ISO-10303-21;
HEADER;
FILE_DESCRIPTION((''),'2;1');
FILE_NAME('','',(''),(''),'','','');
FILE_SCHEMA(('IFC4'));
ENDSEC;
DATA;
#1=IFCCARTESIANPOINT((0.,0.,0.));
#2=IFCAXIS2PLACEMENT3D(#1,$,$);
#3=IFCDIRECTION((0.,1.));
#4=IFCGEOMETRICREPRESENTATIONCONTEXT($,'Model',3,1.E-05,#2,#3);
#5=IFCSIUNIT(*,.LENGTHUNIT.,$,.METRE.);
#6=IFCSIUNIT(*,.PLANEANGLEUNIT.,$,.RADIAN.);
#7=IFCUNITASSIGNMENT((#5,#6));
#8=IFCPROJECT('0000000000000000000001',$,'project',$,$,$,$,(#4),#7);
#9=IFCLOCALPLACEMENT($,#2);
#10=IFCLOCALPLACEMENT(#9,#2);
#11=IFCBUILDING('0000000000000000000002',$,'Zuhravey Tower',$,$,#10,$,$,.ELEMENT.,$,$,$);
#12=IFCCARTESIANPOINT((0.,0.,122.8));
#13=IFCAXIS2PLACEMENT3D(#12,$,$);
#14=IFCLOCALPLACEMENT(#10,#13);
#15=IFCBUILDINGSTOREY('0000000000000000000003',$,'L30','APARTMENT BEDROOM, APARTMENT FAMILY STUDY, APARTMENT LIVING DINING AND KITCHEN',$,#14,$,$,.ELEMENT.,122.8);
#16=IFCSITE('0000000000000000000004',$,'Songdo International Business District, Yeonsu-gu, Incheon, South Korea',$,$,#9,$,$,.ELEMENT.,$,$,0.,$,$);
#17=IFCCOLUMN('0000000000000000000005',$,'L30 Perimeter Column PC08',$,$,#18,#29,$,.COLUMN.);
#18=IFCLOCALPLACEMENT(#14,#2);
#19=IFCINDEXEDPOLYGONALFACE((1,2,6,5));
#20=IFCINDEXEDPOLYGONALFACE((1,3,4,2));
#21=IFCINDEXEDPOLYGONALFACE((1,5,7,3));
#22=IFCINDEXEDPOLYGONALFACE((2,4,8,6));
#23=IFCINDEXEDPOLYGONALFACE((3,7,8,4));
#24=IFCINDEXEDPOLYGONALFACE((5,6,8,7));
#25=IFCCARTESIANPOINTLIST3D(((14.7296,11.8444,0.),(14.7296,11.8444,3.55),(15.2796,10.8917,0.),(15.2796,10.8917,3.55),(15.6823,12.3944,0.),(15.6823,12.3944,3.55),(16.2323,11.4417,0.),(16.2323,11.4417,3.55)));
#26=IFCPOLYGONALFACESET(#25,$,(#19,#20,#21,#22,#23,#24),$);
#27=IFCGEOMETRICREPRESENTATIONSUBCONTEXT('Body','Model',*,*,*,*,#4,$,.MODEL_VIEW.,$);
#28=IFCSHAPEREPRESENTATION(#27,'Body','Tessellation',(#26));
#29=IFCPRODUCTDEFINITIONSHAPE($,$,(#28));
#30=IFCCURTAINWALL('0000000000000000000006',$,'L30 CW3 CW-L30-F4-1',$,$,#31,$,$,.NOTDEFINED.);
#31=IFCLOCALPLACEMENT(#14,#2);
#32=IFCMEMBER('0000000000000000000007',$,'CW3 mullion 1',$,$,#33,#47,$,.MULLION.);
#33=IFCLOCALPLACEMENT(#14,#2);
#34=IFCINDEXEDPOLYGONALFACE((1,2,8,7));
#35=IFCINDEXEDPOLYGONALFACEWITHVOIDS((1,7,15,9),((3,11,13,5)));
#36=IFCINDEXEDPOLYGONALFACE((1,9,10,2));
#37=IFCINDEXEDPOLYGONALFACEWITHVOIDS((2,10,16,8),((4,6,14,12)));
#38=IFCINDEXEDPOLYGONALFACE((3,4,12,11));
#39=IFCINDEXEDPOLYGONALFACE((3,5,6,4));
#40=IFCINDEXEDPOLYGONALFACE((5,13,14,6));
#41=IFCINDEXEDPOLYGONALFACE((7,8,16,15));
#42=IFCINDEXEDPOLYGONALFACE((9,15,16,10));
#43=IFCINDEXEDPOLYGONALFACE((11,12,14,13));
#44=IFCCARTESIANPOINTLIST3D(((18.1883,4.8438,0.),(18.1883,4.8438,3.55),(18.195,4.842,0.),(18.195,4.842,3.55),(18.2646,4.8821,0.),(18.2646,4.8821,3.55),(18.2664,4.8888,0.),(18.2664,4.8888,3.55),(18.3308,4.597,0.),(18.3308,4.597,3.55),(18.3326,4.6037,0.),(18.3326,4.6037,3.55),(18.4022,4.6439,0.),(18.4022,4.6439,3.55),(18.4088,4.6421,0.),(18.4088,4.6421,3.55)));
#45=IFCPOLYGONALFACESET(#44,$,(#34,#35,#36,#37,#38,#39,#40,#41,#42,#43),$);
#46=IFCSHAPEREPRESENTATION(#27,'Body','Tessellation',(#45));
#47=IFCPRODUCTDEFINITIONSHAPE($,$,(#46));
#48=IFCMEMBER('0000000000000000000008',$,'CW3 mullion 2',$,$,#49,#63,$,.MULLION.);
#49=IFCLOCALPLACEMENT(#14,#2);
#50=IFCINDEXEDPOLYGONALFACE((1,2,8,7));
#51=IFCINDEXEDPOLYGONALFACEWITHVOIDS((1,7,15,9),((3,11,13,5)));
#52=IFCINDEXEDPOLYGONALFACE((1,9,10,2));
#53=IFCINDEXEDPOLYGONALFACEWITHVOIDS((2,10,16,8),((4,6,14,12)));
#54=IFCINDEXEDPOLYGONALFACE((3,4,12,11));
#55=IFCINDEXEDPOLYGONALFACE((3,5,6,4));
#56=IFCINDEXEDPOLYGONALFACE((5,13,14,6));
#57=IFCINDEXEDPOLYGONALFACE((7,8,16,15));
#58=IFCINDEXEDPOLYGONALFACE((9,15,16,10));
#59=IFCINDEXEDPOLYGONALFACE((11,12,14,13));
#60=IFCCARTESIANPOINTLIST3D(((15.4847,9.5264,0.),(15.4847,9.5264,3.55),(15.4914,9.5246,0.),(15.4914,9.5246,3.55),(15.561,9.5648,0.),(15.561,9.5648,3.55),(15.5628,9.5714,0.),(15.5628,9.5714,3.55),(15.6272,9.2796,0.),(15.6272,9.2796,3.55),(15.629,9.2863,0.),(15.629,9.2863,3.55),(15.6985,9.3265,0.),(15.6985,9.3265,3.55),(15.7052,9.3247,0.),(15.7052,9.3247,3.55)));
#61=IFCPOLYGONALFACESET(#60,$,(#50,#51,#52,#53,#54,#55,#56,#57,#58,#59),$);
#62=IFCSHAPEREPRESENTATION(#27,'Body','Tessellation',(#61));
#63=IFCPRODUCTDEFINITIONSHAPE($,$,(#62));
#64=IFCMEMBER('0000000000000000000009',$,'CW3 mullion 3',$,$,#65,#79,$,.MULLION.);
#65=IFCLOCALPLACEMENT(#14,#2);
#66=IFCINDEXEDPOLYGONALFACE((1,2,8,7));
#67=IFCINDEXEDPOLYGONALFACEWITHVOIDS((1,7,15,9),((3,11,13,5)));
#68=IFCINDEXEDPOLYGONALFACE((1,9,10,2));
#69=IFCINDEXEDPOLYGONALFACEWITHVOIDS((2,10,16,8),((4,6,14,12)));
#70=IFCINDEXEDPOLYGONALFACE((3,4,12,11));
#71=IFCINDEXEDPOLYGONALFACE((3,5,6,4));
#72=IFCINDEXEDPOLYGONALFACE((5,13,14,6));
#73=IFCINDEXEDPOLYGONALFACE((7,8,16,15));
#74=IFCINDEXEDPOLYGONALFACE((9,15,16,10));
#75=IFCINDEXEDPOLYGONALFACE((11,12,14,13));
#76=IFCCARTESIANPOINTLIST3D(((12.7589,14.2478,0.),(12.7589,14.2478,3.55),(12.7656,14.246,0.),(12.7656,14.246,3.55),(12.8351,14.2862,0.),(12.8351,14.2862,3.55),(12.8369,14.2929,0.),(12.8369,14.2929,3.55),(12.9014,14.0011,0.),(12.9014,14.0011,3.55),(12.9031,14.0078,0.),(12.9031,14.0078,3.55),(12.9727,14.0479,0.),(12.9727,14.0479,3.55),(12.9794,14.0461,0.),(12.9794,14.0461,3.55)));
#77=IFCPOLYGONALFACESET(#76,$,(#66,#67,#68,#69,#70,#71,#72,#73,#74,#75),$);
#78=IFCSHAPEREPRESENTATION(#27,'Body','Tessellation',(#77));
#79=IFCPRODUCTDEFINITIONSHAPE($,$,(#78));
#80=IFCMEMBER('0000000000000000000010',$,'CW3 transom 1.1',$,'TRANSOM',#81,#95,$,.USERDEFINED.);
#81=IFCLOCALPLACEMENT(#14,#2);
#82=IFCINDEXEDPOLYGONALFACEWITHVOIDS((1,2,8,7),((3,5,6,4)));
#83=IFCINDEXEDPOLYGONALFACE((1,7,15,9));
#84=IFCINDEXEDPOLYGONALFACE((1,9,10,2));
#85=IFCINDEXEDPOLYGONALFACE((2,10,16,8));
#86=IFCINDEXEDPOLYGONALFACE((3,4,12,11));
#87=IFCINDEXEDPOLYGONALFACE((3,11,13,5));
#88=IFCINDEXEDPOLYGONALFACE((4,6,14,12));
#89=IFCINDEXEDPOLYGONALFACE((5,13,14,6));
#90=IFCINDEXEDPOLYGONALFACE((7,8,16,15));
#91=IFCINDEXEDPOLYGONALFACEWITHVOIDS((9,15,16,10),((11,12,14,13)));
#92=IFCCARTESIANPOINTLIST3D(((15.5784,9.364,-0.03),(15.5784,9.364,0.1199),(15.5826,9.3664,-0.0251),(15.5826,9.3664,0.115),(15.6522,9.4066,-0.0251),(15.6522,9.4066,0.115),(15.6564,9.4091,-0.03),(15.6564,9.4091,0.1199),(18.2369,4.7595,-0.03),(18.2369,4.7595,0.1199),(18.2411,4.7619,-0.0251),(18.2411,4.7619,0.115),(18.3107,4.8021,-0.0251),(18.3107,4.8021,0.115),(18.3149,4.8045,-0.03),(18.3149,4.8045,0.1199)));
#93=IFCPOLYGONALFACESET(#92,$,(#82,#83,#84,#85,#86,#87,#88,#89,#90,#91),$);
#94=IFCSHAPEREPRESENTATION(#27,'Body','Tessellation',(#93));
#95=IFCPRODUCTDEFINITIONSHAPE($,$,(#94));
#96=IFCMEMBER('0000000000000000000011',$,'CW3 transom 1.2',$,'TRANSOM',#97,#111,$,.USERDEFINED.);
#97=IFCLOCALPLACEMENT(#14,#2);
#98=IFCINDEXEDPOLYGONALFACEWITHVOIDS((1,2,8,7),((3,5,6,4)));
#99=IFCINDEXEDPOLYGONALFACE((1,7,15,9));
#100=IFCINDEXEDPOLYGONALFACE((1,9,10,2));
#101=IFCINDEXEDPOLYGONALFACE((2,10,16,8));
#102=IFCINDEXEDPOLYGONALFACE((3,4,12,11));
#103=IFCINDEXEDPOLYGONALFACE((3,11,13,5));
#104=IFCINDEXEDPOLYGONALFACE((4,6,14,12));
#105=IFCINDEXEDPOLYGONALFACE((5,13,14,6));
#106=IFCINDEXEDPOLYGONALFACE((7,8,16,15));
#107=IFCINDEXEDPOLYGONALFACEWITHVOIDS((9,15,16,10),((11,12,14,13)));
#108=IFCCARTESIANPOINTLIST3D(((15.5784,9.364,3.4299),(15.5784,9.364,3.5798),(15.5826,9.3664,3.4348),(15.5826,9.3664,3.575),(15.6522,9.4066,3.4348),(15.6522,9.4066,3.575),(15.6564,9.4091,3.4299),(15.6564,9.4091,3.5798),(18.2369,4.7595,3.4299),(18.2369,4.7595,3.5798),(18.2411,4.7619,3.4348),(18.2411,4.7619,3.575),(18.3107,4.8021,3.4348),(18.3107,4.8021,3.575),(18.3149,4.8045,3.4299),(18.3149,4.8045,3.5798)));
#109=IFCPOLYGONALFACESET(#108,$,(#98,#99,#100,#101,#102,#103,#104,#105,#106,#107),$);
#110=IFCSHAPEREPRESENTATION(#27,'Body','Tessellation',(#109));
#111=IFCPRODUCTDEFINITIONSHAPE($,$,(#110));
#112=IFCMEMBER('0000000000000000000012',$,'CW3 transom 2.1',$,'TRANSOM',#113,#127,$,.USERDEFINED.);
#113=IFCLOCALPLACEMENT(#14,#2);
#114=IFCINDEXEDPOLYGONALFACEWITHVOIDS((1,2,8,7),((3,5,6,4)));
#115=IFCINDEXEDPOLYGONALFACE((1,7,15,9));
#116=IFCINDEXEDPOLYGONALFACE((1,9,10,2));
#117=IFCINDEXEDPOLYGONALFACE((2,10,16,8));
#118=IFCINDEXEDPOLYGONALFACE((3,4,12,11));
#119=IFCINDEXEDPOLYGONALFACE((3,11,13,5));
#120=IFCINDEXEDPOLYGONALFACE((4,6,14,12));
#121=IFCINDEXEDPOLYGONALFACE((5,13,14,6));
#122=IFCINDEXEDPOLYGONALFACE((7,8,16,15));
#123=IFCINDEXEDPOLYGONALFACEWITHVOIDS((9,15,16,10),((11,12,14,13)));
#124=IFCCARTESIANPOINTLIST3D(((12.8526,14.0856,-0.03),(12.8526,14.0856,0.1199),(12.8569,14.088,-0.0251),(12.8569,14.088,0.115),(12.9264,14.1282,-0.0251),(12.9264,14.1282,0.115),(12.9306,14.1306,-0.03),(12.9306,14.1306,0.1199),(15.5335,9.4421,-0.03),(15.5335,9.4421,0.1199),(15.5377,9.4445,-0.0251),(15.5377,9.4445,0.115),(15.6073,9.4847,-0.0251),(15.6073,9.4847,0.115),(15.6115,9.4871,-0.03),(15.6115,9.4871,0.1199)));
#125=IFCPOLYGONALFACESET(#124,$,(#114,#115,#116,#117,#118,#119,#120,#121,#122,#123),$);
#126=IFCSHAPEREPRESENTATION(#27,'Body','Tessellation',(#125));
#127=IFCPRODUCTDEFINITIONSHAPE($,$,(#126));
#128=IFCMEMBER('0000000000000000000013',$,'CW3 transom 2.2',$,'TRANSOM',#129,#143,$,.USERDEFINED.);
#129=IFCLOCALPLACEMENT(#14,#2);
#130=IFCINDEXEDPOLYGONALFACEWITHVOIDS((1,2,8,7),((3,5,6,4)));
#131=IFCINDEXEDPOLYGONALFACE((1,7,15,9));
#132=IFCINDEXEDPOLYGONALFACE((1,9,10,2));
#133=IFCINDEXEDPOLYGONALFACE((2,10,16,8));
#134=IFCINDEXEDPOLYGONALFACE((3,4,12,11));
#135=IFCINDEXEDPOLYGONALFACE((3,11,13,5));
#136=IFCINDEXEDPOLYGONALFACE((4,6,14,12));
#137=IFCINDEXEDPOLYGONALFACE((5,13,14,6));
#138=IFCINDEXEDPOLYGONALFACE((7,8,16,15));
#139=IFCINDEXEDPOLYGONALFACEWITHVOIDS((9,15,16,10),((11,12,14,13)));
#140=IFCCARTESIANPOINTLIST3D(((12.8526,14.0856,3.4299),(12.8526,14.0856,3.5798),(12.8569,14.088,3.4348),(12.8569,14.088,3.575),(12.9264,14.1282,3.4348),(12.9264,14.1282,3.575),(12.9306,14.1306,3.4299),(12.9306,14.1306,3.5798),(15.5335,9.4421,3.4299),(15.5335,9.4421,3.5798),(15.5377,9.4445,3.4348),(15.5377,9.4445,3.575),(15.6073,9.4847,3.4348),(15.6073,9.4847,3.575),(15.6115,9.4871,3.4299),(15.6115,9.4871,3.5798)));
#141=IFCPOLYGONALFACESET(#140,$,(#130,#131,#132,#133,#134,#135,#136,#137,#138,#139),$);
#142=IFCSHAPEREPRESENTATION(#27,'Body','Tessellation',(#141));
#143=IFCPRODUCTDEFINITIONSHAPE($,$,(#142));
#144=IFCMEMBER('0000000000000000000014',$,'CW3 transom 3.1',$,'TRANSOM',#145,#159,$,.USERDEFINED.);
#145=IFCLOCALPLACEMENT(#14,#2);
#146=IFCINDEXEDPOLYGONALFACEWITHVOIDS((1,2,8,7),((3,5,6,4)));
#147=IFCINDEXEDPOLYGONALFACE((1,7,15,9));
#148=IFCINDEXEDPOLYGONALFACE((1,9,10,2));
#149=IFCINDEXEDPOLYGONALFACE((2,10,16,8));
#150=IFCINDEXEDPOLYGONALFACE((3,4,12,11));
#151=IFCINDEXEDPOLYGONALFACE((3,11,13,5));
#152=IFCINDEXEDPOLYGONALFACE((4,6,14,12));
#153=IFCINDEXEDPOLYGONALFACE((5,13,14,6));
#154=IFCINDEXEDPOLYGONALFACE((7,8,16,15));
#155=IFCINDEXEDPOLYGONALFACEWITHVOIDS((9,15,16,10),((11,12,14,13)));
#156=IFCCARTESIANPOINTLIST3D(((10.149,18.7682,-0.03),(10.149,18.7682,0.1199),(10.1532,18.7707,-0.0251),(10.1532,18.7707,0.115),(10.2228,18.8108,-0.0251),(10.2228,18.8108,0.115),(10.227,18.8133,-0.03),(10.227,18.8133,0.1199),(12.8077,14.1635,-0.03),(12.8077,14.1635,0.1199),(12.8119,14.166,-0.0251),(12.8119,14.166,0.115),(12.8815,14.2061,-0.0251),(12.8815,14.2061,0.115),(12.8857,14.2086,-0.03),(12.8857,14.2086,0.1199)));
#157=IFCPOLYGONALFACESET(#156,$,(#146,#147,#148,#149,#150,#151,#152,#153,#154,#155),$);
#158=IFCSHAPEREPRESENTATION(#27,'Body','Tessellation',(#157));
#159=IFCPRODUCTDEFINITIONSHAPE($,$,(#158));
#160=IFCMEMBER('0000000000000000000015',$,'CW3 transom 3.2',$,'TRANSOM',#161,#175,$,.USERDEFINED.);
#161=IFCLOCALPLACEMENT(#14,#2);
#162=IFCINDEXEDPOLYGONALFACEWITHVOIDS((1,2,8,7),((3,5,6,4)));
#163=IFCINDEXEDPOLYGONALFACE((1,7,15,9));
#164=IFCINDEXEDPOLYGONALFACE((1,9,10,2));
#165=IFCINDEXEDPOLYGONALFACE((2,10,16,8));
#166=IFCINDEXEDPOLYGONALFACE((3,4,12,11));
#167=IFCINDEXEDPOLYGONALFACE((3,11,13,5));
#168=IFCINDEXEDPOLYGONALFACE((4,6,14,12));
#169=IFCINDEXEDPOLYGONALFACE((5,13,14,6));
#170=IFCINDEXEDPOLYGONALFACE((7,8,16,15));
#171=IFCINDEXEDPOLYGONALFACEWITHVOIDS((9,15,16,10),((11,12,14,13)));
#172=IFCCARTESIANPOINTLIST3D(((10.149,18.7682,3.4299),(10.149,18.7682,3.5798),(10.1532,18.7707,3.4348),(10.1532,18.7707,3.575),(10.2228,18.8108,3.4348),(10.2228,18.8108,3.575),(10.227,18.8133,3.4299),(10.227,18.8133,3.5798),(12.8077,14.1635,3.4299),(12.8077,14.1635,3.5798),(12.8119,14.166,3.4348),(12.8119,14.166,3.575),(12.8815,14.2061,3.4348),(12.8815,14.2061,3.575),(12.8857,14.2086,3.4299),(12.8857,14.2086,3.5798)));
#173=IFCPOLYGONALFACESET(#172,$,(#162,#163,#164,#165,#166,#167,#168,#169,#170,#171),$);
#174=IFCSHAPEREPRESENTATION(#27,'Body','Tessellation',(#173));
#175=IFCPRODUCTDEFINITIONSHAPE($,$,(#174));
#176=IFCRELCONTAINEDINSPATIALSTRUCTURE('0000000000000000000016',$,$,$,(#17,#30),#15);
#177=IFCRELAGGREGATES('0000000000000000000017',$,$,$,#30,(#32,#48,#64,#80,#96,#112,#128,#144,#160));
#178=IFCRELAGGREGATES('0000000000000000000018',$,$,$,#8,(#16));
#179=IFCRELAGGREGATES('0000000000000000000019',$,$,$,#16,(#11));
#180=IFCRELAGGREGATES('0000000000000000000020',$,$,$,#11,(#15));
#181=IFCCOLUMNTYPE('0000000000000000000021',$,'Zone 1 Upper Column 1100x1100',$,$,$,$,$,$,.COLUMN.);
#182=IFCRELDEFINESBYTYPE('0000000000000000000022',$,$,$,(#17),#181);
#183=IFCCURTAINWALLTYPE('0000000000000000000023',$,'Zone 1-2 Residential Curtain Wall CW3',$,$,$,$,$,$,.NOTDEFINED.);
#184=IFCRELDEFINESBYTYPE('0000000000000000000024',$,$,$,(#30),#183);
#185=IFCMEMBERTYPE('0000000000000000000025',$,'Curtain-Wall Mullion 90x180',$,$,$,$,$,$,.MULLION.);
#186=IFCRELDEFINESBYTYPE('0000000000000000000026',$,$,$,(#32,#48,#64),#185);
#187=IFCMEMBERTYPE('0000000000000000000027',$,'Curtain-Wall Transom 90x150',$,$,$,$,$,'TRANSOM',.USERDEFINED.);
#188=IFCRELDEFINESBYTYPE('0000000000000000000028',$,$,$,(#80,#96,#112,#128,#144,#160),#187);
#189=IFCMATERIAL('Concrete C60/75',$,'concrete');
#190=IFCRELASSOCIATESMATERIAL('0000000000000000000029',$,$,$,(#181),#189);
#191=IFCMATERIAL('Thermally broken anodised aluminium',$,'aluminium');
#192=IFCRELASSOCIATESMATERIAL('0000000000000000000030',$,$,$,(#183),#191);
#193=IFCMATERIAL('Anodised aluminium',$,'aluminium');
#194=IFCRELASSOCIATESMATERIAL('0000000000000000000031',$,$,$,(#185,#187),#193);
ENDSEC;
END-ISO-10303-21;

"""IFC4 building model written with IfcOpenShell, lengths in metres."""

from ifc_helpers import new_model, si_unit, direction, frame, origin, origin_2d, place, context, subcontext, project, spatial, rectangle, hollow_rectangle, extrude, material, material_profile, profile_set, type_object, element, aggregate, save


model = new_model("IFC4")

# Units and contexts
model_context = context("Model", 3, precision=1e-05, world=origin(), true_north=direction((0.0, 1.0)))
body_context = subcontext(model_context, "Body", "Model", "MODEL_VIEW")
ifc_project = project(units=[si_unit("LENGTHUNIT", "METRE"), si_unit("PLANEANGLEUNIT", "RADIAN")], contexts=[model_context])

# Site, building, storey
site_placement = place(None, origin())
site = spatial("IfcSite", under=ifc_project, at=site_placement, Name="Songdo International Business District, Yeonsu-gu, Incheon, South Korea", CompositionType="ELEMENT", RefElevation=0.0)
building_placement = place(site_placement, origin())
building = spatial("IfcBuilding", under=site, at=building_placement, Name="Zuhravey Tower", CompositionType="ELEMENT")
storey_placement = place(building_placement, frame((0.0, 0.0, 122.8)))
storey = spatial("IfcBuildingStorey", under=building, at=storey_placement, Name="L30", Description="APARTMENT BEDROOM, APARTMENT FAMILY STUDY, APARTMENT LIVING DINING AND KITCHEN", CompositionType="ELEMENT", Elevation=122.8)

# Column
ifc_material_1 = material(Name="Concrete C60/75", Category="concrete")
ifc_material_profile_1 = material_profile(ifc_material_1, rectangle(XDim=1.1001, YDim=1.1001, at=origin_2d()), Name="RC-1100x1100")
ifc_profile_set_1 = profile_set([ifc_material_profile_1], Name="Concrete C60/75")
column_type = type_object("IfcColumnType", Name="Zone 1 Upper Column 1100x1100", PredefinedType="COLUMN", material=ifc_profile_set_1)
column_placement = place(storey_placement, frame((15.481, 11.6431, 0.0), z_axis=(0.0, 0.0, 1.0), x_axis=(0.5, -0.866025, 0.0)))
element("IfcColumn", 1, at=column_placement, inside=storey, type_object=column_type, Name="L30 Perimeter Column PC08", PredefinedType="COLUMN", context=body_context, shape_type="SweptSolid", body=[
    extrude(rectangle(XDim=1.1001, YDim=1.1001, at=origin_2d()), origin(), (0.0, 0.0, 1.0), 3.55),
])

# Curtain wall, members
ifc_material_2 = material(Name="Thermally broken anodised aluminium", Category="aluminium")
curtain_wall_type = type_object("IfcCurtainWallType", Name="Zone 1-2 Residential Curtain Wall CW3", PredefinedType="NOTDEFINED", material=ifc_material_2)
curtain_wall_placement = place(storey_placement, origin())
curtain_wall = element("IfcCurtainWall", 2, at=curtain_wall_placement, inside=storey, type_object=curtain_wall_type, Name="L30 CW3 CW-L30-F4-1", PredefinedType="NOTDEFINED")
ifc_material_3 = material(Name="Anodised aluminium", Category="aluminium")
ifc_material_profile_2 = material_profile(ifc_material_3, hollow_rectangle(XDim=0.0901, YDim=0.2849, WallThickness=0.0049, at=origin_2d()), Name="ALU-RHS-90x285x5")
ifc_profile_set_2 = profile_set([ifc_material_profile_2], Name="Anodised aluminium")
member_type_1 = type_object("IfcMemberType", Name="Curtain-Wall Mullion 90x180", PredefinedType="MULLION", material=ifc_profile_set_2)
member_1_placement = place(storey_placement, frame((18.2986, 4.7429, 0.0), z_axis=(0.0, 0.0, 1.0), x_axis=(-0.866026, -0.499998, 0.0)))
member_1 = element("IfcMember", 3, at=member_1_placement, type_object=member_type_1, Name="CW3 mullion 1", PredefinedType="MULLION", context=body_context, shape_type="SweptSolid", body=[
    extrude(hollow_rectangle(XDim=0.0901, YDim=0.2849, WallThickness=0.0049, at=origin_2d()), origin(), (0.0, 0.0, 1.0), 3.55),
])
member_2_placement = place(storey_placement, frame((15.595, 9.4255, 0.0), z_axis=(0.0, 0.0, 1.0), x_axis=(-0.866026, -0.499998, 0.0)))
member_2 = element("IfcMember", 4, at=member_2_placement, type_object=member_type_1, Name="CW3 mullion 2", PredefinedType="MULLION", context=body_context, shape_type="SweptSolid", body=[
    extrude(hollow_rectangle(XDim=0.0901, YDim=0.2849, WallThickness=0.0049, at=origin_2d()), origin(), (0.0, 0.0, 1.0), 3.55),
])
member_3_placement = place(storey_placement, frame((12.8691, 14.147, 0.0), z_axis=(0.0, 0.0, 1.0), x_axis=(-0.866026, -0.499998, 0.0)))
member_3 = element("IfcMember", 5, at=member_3_placement, type_object=member_type_1, Name="CW3 mullion 3", PredefinedType="MULLION", context=body_context, shape_type="SweptSolid", body=[
    extrude(hollow_rectangle(XDim=0.0901, YDim=0.2849, WallThickness=0.0049, at=origin_2d()), origin(), (0.0, 0.0, 1.0), 3.55),
])
ifc_material_profile_3 = material_profile(ifc_material_3, hollow_rectangle(XDim=0.0901, YDim=0.1499, WallThickness=0.0049, at=origin_2d()), Name="ALU-RHS-90x150x5")
ifc_profile_set_3 = profile_set([ifc_material_profile_3], Name="Anodised aluminium")
member_type_2 = type_object("IfcMemberType", Name="Curtain-Wall Transom 90x150", ElementType="TRANSOM", PredefinedType="USERDEFINED", material=ifc_profile_set_3)
member_4_placement = place(storey_placement, frame((18.2759, 4.782, 0.0449), z_axis=(-0.500006, 0.866022, 0.0), x_axis=(-0.866022, -0.500006, 0.0)))
member_4 = element("IfcMember", 6, at=member_4_placement, type_object=member_type_2, Name="CW3 transom 1.1", ObjectType="TRANSOM", PredefinedType="USERDEFINED", context=body_context, shape_type="SweptSolid", body=[
    extrude(hollow_rectangle(XDim=0.0901, YDim=0.1499, WallThickness=0.0049, at=origin_2d()), origin(), (0.0, 0.0, 1.0), 5.3169),
])
member_5_placement = place(storey_placement, frame((18.2759, 4.782, 3.5049), z_axis=(-0.500006, 0.866022, 0.0), x_axis=(-0.866022, -0.500006, 0.0)))
member_5 = element("IfcMember", 7, at=member_5_placement, type_object=member_type_2, Name="CW3 transom 1.2", ObjectType="TRANSOM", PredefinedType="USERDEFINED", context=body_context, shape_type="SweptSolid", body=[
    extrude(hollow_rectangle(XDim=0.0901, YDim=0.1499, WallThickness=0.0049, at=origin_2d()), origin(), (0.0, 0.0, 1.0), 5.3169),
])
member_6_placement = place(storey_placement, frame((15.5725, 9.4646, 0.0449), z_axis=(-0.499993, 0.866029, 0.0), x_axis=(-0.866029, -0.499993, 0.0)))
member_6 = element("IfcMember", 8, at=member_6_placement, type_object=member_type_2, Name="CW3 transom 2.1", ObjectType="TRANSOM", PredefinedType="USERDEFINED", context=body_context, shape_type="SweptSolid", body=[
    extrude(hollow_rectangle(XDim=0.0901, YDim=0.1499, WallThickness=0.0049, at=origin_2d()), origin(), (0.0, 0.0, 1.0), 5.3618),
])
member_7_placement = place(storey_placement, frame((15.5725, 9.4646, 3.5049), z_axis=(-0.499993, 0.866029, 0.0), x_axis=(-0.866029, -0.499993, 0.0)))
member_7 = element("IfcMember", 9, at=member_7_placement, type_object=member_type_2, Name="CW3 transom 2.2", ObjectType="TRANSOM", PredefinedType="USERDEFINED", context=body_context, shape_type="SweptSolid", body=[
    extrude(hollow_rectangle(XDim=0.0901, YDim=0.1499, WallThickness=0.0049, at=origin_2d()), origin(), (0.0, 0.0, 1.0), 5.3618),
])
member_8_placement = place(storey_placement, frame((12.8467, 14.186, 0.0449), z_axis=(-0.500021, 0.866014, 0.0), x_axis=(-0.866014, -0.500021, 0.0)))
member_8 = element("IfcMember", 10, at=member_8_placement, type_object=member_type_2, Name="CW3 transom 3.1", ObjectType="TRANSOM", PredefinedType="USERDEFINED", context=body_context, shape_type="SweptSolid", body=[
    extrude(hollow_rectangle(XDim=0.0901, YDim=0.1499, WallThickness=0.0049, at=origin_2d()), origin(), (0.0, 0.0, 1.0), 5.3171),
])
member_9_placement = place(storey_placement, frame((12.8467, 14.186, 3.5049), z_axis=(-0.500021, 0.866014, 0.0), x_axis=(-0.866014, -0.500021, 0.0)))
member_9 = element("IfcMember", 11, at=member_9_placement, type_object=member_type_2, Name="CW3 transom 3.2", ObjectType="TRANSOM", PredefinedType="USERDEFINED", context=body_context, shape_type="SweptSolid", body=[
    extrude(hollow_rectangle(XDim=0.0901, YDim=0.1499, WallThickness=0.0049, at=origin_2d()), origin(), (0.0, 0.0, 1.0), 5.3171),
])

aggregate(curtain_wall, [member_1, member_2, member_3, member_4, member_5, member_6, member_7, member_8, member_9])

save(model, "model.ifc")
